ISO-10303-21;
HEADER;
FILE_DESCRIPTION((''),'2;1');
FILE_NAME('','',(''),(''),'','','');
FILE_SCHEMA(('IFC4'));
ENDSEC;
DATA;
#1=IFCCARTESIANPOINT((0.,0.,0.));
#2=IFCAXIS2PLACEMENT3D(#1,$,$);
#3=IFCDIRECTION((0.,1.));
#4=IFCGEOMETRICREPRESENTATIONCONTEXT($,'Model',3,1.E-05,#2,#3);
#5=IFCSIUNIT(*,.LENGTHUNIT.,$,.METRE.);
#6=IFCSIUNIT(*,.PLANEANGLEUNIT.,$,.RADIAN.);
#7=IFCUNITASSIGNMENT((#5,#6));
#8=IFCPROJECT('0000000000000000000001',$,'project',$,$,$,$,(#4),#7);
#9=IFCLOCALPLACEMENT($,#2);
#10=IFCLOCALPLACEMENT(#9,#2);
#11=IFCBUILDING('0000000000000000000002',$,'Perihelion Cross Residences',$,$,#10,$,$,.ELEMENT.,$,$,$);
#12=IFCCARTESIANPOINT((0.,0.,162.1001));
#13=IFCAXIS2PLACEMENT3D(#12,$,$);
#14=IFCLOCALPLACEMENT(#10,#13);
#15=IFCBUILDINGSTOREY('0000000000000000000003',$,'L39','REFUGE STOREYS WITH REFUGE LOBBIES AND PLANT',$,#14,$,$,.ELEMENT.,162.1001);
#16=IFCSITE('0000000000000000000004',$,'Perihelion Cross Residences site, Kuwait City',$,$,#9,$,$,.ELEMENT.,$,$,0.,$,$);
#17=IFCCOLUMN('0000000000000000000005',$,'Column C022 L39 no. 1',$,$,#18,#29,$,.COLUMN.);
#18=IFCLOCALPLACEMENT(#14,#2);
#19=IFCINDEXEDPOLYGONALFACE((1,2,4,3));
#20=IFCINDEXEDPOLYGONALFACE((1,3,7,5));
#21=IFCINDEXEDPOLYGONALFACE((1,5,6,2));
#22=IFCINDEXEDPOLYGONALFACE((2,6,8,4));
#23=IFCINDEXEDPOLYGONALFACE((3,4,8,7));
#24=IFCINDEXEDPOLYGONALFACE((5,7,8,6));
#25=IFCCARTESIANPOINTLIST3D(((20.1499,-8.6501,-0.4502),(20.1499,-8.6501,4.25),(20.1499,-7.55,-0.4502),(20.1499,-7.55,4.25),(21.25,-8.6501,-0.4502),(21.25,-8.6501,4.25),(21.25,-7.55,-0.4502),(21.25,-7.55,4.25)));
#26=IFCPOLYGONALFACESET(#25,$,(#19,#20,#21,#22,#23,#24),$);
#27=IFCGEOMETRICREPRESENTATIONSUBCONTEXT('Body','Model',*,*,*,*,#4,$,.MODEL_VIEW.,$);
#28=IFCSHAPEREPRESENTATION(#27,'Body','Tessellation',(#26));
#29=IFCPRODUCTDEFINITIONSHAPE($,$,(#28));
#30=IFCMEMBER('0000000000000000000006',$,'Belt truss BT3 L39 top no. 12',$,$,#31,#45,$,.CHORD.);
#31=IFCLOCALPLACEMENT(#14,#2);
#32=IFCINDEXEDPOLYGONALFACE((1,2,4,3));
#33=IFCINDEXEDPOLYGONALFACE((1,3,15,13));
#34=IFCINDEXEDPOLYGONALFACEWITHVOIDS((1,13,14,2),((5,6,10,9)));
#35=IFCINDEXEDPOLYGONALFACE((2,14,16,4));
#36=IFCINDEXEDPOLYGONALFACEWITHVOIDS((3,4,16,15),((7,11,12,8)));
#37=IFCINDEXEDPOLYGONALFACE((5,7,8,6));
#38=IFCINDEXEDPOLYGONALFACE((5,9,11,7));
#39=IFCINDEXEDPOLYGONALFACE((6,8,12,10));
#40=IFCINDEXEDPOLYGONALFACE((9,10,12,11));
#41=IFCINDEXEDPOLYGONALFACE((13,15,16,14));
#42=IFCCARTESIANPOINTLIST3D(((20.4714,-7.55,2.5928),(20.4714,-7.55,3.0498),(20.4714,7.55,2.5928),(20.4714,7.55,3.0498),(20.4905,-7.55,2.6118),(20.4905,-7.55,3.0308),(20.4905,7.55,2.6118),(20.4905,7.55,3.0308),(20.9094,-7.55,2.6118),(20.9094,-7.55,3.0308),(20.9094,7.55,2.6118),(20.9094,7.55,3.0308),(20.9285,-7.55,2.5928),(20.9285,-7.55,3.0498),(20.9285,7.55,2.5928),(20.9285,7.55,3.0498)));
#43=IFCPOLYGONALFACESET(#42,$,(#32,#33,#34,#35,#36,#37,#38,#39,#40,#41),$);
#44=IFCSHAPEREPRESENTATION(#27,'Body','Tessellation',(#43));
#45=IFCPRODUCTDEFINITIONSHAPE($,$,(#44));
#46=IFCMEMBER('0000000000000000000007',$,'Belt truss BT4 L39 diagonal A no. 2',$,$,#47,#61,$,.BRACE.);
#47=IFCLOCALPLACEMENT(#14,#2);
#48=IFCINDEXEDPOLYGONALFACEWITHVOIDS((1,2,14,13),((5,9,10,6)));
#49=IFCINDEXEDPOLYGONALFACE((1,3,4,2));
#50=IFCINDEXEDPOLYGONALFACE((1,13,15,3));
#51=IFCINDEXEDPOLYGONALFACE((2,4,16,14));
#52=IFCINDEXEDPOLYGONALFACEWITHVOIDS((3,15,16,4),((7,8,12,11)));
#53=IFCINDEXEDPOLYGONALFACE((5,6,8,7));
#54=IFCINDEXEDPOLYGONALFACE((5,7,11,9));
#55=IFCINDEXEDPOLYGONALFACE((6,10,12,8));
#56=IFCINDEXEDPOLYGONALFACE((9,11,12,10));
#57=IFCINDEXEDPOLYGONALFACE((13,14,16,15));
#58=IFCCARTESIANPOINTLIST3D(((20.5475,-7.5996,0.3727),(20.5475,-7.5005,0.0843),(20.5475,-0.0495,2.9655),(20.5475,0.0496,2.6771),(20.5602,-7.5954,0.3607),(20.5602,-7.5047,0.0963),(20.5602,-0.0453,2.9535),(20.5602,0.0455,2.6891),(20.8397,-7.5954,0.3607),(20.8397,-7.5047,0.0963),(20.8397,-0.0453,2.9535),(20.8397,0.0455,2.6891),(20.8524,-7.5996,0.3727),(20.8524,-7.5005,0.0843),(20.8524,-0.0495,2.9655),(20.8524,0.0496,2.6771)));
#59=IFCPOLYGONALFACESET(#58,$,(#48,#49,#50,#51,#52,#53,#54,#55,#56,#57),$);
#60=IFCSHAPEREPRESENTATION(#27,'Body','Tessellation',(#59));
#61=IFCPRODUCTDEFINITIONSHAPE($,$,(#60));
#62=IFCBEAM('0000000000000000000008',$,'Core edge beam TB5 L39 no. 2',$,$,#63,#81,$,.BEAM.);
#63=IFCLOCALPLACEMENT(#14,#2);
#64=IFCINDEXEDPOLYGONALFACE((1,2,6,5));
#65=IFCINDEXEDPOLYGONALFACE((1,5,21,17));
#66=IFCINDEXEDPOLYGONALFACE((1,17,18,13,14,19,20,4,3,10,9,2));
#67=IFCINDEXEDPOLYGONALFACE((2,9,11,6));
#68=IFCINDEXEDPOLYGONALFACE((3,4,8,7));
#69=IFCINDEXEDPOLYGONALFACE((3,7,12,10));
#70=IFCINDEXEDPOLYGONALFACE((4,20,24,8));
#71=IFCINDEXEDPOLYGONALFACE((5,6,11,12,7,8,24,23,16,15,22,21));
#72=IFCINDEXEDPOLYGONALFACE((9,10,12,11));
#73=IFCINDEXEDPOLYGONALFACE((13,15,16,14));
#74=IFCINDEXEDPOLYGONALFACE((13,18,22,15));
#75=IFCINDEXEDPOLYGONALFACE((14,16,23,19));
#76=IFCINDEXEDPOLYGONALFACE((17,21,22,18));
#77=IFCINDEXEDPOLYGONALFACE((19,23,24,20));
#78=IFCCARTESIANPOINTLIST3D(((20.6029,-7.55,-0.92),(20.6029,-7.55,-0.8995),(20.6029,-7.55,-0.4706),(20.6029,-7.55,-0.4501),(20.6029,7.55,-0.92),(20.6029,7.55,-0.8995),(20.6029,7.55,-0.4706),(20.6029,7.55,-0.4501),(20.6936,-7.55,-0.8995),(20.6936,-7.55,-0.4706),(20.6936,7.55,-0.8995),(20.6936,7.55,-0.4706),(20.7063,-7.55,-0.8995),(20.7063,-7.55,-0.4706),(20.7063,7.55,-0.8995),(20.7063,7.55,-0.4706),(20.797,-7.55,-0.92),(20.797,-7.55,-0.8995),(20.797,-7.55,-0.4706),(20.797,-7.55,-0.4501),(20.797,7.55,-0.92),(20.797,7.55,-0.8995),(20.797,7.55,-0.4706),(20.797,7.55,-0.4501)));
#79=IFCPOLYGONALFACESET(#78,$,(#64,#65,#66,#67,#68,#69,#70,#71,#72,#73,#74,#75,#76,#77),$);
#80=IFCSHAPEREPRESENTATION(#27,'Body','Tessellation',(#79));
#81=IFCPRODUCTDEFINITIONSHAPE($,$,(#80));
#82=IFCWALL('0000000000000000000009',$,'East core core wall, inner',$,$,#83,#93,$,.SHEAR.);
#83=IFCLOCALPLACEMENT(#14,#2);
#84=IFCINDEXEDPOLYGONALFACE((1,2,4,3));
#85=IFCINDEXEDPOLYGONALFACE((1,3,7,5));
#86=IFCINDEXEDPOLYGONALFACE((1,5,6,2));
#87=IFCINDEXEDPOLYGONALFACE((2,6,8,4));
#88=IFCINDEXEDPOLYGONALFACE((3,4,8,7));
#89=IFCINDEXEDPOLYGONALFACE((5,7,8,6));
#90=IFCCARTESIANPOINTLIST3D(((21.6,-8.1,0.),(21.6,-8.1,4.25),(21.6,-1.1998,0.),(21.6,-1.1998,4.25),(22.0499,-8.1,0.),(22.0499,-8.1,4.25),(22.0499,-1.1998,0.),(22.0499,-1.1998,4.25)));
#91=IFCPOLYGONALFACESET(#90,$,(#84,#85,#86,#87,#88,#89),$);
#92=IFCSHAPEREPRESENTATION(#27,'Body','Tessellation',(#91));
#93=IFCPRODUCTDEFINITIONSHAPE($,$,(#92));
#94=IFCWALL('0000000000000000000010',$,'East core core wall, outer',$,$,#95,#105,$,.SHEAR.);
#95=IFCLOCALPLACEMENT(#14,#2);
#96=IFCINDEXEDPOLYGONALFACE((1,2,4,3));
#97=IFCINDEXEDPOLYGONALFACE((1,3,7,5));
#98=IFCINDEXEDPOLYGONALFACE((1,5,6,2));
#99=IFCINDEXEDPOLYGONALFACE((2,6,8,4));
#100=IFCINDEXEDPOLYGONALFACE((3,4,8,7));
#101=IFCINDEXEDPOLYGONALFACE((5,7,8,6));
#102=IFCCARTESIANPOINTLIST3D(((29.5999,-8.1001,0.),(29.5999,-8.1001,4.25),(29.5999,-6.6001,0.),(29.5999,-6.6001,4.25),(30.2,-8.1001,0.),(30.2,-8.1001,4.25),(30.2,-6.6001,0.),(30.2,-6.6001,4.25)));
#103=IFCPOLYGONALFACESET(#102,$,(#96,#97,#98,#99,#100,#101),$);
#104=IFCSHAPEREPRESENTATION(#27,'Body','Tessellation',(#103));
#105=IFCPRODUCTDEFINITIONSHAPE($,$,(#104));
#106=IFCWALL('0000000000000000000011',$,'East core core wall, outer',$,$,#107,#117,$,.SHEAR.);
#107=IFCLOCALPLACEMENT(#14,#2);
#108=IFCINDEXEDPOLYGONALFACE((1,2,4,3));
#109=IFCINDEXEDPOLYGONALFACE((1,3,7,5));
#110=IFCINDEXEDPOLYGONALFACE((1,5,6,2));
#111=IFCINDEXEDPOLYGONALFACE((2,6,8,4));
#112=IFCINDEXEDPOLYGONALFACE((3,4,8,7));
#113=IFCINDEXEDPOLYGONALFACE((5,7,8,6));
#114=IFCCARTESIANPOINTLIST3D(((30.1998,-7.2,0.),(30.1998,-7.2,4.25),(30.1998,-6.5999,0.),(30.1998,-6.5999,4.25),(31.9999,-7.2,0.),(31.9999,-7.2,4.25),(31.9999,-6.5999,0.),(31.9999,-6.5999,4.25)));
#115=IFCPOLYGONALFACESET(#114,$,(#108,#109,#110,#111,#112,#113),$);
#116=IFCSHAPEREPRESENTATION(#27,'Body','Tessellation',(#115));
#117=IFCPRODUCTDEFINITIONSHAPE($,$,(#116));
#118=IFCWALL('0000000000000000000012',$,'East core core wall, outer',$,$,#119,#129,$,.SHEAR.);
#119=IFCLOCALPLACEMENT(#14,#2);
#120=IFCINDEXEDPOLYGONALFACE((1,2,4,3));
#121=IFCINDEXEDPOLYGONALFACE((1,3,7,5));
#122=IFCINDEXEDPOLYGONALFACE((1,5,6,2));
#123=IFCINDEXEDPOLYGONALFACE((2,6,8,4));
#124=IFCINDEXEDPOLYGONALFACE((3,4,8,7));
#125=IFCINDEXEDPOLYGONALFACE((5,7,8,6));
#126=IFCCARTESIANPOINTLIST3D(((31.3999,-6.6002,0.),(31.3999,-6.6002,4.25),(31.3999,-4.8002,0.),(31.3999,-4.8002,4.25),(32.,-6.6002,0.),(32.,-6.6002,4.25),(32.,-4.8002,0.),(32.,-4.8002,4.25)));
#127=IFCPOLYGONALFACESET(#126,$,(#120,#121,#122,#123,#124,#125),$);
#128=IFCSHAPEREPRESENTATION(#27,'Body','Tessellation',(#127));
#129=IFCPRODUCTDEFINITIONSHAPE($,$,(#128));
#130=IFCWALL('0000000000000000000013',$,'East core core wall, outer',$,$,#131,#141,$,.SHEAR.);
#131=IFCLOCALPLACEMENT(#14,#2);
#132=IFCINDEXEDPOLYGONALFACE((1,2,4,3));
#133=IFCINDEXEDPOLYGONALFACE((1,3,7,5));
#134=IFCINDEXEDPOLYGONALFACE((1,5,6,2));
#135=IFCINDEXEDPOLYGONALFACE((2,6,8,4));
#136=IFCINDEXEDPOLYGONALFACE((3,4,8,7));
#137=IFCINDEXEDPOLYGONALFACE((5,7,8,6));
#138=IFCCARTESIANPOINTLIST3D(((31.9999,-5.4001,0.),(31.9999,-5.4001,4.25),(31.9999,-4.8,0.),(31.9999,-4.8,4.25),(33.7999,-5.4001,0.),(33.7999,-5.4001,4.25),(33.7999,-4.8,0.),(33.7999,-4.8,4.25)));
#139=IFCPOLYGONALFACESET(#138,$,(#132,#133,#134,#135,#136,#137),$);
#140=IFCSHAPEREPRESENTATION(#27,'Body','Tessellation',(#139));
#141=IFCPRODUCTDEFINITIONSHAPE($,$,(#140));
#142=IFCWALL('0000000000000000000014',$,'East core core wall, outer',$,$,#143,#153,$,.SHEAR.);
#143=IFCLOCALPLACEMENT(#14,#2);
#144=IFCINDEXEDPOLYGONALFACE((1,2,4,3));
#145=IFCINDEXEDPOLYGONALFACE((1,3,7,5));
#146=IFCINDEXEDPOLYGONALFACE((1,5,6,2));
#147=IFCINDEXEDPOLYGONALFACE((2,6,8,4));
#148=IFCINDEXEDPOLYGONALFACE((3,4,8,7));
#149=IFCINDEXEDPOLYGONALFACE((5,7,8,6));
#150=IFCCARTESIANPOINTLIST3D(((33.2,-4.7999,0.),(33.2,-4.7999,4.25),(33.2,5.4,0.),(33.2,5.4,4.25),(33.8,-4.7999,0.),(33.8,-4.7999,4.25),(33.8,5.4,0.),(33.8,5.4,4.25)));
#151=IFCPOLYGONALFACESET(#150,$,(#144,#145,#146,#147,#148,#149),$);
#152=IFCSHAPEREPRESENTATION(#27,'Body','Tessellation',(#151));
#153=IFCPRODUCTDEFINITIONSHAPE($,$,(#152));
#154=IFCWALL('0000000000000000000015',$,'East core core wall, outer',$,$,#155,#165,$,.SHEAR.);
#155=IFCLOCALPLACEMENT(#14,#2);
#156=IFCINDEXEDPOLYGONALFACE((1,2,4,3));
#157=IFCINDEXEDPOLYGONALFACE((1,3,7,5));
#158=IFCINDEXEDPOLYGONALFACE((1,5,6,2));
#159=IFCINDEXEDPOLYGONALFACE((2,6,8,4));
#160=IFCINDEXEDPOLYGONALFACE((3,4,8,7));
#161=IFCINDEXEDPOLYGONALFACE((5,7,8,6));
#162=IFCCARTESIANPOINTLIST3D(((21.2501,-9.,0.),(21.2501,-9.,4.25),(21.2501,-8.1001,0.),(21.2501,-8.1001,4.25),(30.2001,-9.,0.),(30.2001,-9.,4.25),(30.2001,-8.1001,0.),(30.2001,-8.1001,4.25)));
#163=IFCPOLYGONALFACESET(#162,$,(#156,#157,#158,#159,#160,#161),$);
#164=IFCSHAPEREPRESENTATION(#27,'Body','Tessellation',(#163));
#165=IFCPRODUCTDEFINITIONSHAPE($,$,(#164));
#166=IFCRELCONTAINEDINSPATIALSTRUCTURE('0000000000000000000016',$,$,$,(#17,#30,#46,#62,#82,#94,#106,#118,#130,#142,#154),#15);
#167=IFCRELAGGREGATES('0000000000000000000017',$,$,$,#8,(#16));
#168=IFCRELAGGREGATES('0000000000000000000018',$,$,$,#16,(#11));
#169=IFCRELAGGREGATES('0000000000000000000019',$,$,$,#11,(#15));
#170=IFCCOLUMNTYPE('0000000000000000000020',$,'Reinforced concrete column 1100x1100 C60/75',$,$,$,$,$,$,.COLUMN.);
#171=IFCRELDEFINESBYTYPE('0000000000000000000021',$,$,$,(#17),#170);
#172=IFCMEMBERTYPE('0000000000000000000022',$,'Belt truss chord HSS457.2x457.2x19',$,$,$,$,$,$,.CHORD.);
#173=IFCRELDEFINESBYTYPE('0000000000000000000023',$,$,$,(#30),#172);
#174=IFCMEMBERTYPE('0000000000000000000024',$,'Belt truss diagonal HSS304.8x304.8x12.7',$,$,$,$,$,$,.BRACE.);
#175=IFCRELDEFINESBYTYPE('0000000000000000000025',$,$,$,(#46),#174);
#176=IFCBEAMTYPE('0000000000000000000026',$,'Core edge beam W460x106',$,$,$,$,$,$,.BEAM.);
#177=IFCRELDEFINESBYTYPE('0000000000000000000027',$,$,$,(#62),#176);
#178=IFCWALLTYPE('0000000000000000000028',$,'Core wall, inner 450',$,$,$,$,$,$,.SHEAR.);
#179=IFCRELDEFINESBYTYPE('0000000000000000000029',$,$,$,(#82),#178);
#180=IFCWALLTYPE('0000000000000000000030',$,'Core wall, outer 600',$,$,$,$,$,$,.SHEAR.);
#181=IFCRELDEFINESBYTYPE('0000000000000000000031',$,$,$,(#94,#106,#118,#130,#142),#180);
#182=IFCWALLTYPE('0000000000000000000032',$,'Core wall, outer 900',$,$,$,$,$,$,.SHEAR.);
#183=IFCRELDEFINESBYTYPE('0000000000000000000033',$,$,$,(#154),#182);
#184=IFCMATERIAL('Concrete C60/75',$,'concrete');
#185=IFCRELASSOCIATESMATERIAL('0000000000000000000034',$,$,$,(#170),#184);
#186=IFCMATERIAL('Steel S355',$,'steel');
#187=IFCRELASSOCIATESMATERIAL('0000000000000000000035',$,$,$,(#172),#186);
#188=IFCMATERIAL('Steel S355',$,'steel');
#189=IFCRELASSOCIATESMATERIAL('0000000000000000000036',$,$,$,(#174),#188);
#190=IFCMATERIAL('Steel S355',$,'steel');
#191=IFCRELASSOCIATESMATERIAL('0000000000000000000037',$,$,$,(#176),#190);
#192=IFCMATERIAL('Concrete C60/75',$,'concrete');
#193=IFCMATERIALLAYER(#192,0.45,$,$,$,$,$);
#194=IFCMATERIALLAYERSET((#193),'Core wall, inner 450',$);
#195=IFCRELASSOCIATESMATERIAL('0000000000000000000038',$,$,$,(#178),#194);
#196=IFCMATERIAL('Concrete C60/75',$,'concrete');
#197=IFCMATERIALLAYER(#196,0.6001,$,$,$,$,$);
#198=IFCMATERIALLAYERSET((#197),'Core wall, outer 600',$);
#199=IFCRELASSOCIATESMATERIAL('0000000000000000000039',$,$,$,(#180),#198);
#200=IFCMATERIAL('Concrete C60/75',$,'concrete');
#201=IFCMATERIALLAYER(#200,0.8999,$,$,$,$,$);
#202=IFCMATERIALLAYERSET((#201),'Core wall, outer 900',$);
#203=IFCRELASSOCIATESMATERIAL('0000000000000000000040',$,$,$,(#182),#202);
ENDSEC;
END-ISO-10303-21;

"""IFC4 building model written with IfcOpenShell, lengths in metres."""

from ifc_helpers import new_model, si_unit, direction, frame, frame_2d, origin, origin_2d, place, context, subcontext, project, spatial, rectangle, hollow_rectangle, i_section, extrude, material, layer, layer_set, material_profile, profile_set, type_object, element, save


model = new_model("IFC4")

# Units and contexts
model_context = context("Model", 3, precision=1e-05, world=origin(), true_north=direction((0.0, 1.0)))
body_context = subcontext(model_context, "Body", "Model", "MODEL_VIEW")
ifc_project = project(units=[si_unit("LENGTHUNIT", "METRE"), si_unit("PLANEANGLEUNIT", "RADIAN")], contexts=[model_context])

# Site, building, storey
site_placement = place(None, origin())
site = spatial("IfcSite", under=ifc_project, at=site_placement, Name="Perihelion Cross Residences site, Kuwait City", CompositionType="ELEMENT", RefElevation=0.0)
building_placement = place(site_placement, origin())
building = spatial("IfcBuilding", under=site, at=building_placement, Name="Perihelion Cross Residences", CompositionType="ELEMENT")
storey_placement = place(building_placement, frame((0.0, 0.0, 162.1001)))
storey = spatial("IfcBuildingStorey", under=building, at=storey_placement, Name="L39", Description="REFUGE STOREYS WITH REFUGE LOBBIES AND PLANT", CompositionType="ELEMENT", Elevation=162.1001)

# Column
ifc_material_1 = material(Name="Concrete C60/75", Category="concrete")
ifc_material_profile_1 = material_profile(ifc_material_1, rectangle(XDim=1.1001, YDim=1.1001, at=origin_2d()), Name="RC 1100x1100")
ifc_profile_set_1 = profile_set([ifc_material_profile_1], Name="Concrete C60/75")
column_type = type_object("IfcColumnType", Name="Reinforced concrete column 1100x1100 C60/75", PredefinedType="COLUMN", material=ifc_profile_set_1)
column_placement = place(storey_placement, frame((20.7, -8.1001, -0.4502), z_axis=(0.0, 0.0, 1.0), x_axis=(1.0, 0.0, 0.0)))
element("IfcColumn", 1, at=column_placement, inside=storey, type_object=column_type, Name="Column C022 L39 no. 1", PredefinedType="COLUMN", context=body_context, shape_type="SweptSolid", body=[
    extrude(rectangle(XDim=1.1001, YDim=1.1001, at=origin_2d()), origin(), (0.0, 0.0, 1.0), 4.7002),
])

# Members
ifc_material_2 = material(Name="Steel S355", Category="steel")
ifc_material_profile_2 = material_profile(ifc_material_2, hollow_rectangle(XDim=0.457, YDim=0.457, WallThickness=0.019, at=origin_2d()), Name="HSS457.2x457.2x19")
ifc_profile_set_2 = profile_set([ifc_material_profile_2], Name="Steel S355")
member_type_1 = type_object("IfcMemberType", Name="Belt truss chord HSS457.2x457.2x19", PredefinedType="CHORD", material=ifc_profile_set_2)
member_1_placement = place(storey_placement, frame((20.7, -7.55, 2.8213), z_axis=(0.0, 1.0, 0.0), x_axis=(-1.0, 0.0, 0.0)))
element("IfcMember", 2, at=member_1_placement, inside=storey, type_object=member_type_1, Name="Belt truss BT3 L39 top no. 12", PredefinedType="CHORD", context=body_context, shape_type="SweptSolid", body=[
    extrude(hollow_rectangle(XDim=0.457, YDim=0.457, WallThickness=0.019, at=origin_2d()), origin(), (0.0, 0.0, 1.0), 15.1001),
])
ifc_material_3 = material(Name="Steel S355", Category="steel")
ifc_material_profile_3 = material_profile(ifc_material_3, hollow_rectangle(XDim=0.3049, YDim=0.3049, WallThickness=0.0127, at=origin_2d()), Name="HSS304.8x304.8x12.7")
ifc_profile_set_3 = profile_set([ifc_material_profile_3], Name="Steel S355")
member_type_2 = type_object("IfcMemberType", Name="Belt truss diagonal HSS304.8x304.8x12.7", PredefinedType="BRACE", material=ifc_profile_set_3)
member_2_placement = place(storey_placement, frame((20.7, -7.55, 0.2285), z_axis=(0.0, 0.945785, 0.324793), x_axis=(-1.0, 0.0, 0.0)))
element("IfcMember", 3, at=member_2_placement, inside=storey, type_object=member_type_2, Name="Belt truss BT4 L39 diagonal A no. 2", PredefinedType="BRACE", context=body_context, shape_type="SweptSolid", body=[
    extrude(hollow_rectangle(XDim=0.3049, YDim=0.3049, WallThickness=0.0127, at=origin_2d()), origin(), (0.0, 0.0, 1.0), 7.9829),
])

# Beam
ifc_material_4 = material(Name="Steel S355", Category="steel")
ifc_material_profile_4 = material_profile(ifc_material_4, i_section(OverallWidth=0.1941, OverallDepth=0.47, WebThickness=0.0127, FlangeThickness=0.0205, at=origin_2d()), Name="W460x106")
ifc_profile_set_4 = profile_set([ifc_material_profile_4], Name="Steel S355")
beam_type = type_object("IfcBeamType", Name="Core edge beam W460x106", PredefinedType="BEAM", material=ifc_profile_set_4)
beam_placement = place(storey_placement, frame((20.7, -7.55, -0.6851), z_axis=(0.0, 1.0, 0.0), x_axis=(-1.0, 0.0, 0.0)))
element("IfcBeam", 4, at=beam_placement, inside=storey, type_object=beam_type, Name="Core edge beam TB5 L39 no. 2", PredefinedType="BEAM", context=body_context, shape_type="SweptSolid", body=[
    extrude(i_section(OverallWidth=0.1941, OverallDepth=0.47, WebThickness=0.0127, FlangeThickness=0.0205, at=origin_2d()), origin(), (0.0, 0.0, 1.0), 15.1001),
])

# Walls
ifc_material_5 = material(Name="Concrete C60/75", Category="concrete")
ifc_layer_1 = layer(ifc_material_5, 0.45)
ifc_layer_set_1 = layer_set([ifc_layer_1], Name="Core wall, inner 450")
wall_type_1 = type_object("IfcWallType", Name="Core wall, inner 450", PredefinedType="SHEAR", material=ifc_layer_set_1)
wall_1_placement = place(storey_placement, frame((21.825, -8.1001, 0.0), z_axis=(0.0, 0.0, 1.0), x_axis=(0.0, 1.0, 0.0)))
element("IfcWall", 5, at=wall_1_placement, inside=storey, type_object=wall_type_1, Name="East core core wall, inner", PredefinedType="SHEAR", context=body_context, shape_type="SweptSolid", body=[
    extrude(rectangle(XDim=6.9001, YDim=0.45, at=frame_2d((3.4502, 0.0))), origin(), (0.0, 0.0, 1.0), 4.25),
])
ifc_material_6 = material(Name="Concrete C60/75", Category="concrete")
ifc_layer_2 = layer(ifc_material_6, 0.6001)
ifc_layer_set_2 = layer_set([ifc_layer_2], Name="Core wall, outer 600")
wall_type_2 = type_object("IfcWallType", Name="Core wall, outer 600", PredefinedType="SHEAR", material=ifc_layer_set_2)
wall_2_placement = place(storey_placement, frame((29.8999, -8.1001, 0.0), z_axis=(0.0, 0.0, 1.0), x_axis=(0.0, 1.0, 0.0)))
element("IfcWall", 6, at=wall_2_placement, inside=storey, type_object=wall_type_2, Name="East core core wall, outer", PredefinedType="SHEAR", context=body_context, shape_type="SweptSolid", body=[
    extrude(rectangle(XDim=1.5, YDim=0.6001, at=frame_2d((0.75, 0.0))), origin(), (0.0, 0.0, 1.0), 4.25),
])
for number, where, z_axis, x_axis, name in (
    (7, (30.2, -6.8999, 0.0), (0.0, 0.0, 1.0), (1.0, 0.0, 0.0), "East core core wall, outer"),
    (8, (31.7, -6.6001, 0.0), (0.0, 0.0, 1.0), (0.0, 1.0, 0.0), "East core core wall, outer"),
    (9, (32.0, -5.1001, 0.0), (0.0, 0.0, 1.0), (1.0, 0.0, 0.0), "East core core wall, outer"),
):
    element("IfcWall", number, at=place(storey_placement, frame(where, z_axis=z_axis, x_axis=x_axis)), inside=storey, type_object=wall_type_2, Name=name, PredefinedType="SHEAR", context=body_context, shape_type="SweptSolid", body=[
        extrude(rectangle(XDim=1.8, YDim=0.6001, at=frame_2d((0.8999, 0.0))), origin(), (0.0, 0.0, 1.0), 4.25),
    ])
wall_3_placement = place(storey_placement, frame((33.5, -4.8, 0.0), z_axis=(0.0, 0.0, 1.0), x_axis=(0.0, 1.0, 0.0)))
element("IfcWall", 10, at=wall_3_placement, inside=storey, type_object=wall_type_2, Name="East core core wall, outer", PredefinedType="SHEAR", context=body_context, shape_type="SweptSolid", body=[
    extrude(rectangle(XDim=10.2, YDim=0.6001, at=frame_2d((5.1001, 0.0))), origin(), (0.0, 0.0, 1.0), 4.25),
])
ifc_material_7 = material(Name="Concrete C60/75", Category="concrete")
ifc_layer_3 = layer(ifc_material_7, 0.8999)
ifc_layer_set_3 = layer_set([ifc_layer_3], Name="Core wall, outer 900")
wall_type_3 = type_object("IfcWallType", Name="Core wall, outer 900", PredefinedType="SHEAR", material=ifc_layer_set_3)
wall_4_placement = place(storey_placement, frame((21.25, -8.55, 0.0), z_axis=(0.0, 0.0, 1.0), x_axis=(1.0, 0.0, 0.0)))
element("IfcWall", 11, at=wall_4_placement, inside=storey, type_object=wall_type_3, Name="East core core wall, outer", PredefinedType="SHEAR", context=body_context, shape_type="SweptSolid", body=[
    extrude(rectangle(XDim=8.95, YDim=0.8999, at=frame_2d((4.4751, 0.0))), origin(), (0.0, 0.0, 1.0), 4.25),
])

save(model, "model.ifc")
